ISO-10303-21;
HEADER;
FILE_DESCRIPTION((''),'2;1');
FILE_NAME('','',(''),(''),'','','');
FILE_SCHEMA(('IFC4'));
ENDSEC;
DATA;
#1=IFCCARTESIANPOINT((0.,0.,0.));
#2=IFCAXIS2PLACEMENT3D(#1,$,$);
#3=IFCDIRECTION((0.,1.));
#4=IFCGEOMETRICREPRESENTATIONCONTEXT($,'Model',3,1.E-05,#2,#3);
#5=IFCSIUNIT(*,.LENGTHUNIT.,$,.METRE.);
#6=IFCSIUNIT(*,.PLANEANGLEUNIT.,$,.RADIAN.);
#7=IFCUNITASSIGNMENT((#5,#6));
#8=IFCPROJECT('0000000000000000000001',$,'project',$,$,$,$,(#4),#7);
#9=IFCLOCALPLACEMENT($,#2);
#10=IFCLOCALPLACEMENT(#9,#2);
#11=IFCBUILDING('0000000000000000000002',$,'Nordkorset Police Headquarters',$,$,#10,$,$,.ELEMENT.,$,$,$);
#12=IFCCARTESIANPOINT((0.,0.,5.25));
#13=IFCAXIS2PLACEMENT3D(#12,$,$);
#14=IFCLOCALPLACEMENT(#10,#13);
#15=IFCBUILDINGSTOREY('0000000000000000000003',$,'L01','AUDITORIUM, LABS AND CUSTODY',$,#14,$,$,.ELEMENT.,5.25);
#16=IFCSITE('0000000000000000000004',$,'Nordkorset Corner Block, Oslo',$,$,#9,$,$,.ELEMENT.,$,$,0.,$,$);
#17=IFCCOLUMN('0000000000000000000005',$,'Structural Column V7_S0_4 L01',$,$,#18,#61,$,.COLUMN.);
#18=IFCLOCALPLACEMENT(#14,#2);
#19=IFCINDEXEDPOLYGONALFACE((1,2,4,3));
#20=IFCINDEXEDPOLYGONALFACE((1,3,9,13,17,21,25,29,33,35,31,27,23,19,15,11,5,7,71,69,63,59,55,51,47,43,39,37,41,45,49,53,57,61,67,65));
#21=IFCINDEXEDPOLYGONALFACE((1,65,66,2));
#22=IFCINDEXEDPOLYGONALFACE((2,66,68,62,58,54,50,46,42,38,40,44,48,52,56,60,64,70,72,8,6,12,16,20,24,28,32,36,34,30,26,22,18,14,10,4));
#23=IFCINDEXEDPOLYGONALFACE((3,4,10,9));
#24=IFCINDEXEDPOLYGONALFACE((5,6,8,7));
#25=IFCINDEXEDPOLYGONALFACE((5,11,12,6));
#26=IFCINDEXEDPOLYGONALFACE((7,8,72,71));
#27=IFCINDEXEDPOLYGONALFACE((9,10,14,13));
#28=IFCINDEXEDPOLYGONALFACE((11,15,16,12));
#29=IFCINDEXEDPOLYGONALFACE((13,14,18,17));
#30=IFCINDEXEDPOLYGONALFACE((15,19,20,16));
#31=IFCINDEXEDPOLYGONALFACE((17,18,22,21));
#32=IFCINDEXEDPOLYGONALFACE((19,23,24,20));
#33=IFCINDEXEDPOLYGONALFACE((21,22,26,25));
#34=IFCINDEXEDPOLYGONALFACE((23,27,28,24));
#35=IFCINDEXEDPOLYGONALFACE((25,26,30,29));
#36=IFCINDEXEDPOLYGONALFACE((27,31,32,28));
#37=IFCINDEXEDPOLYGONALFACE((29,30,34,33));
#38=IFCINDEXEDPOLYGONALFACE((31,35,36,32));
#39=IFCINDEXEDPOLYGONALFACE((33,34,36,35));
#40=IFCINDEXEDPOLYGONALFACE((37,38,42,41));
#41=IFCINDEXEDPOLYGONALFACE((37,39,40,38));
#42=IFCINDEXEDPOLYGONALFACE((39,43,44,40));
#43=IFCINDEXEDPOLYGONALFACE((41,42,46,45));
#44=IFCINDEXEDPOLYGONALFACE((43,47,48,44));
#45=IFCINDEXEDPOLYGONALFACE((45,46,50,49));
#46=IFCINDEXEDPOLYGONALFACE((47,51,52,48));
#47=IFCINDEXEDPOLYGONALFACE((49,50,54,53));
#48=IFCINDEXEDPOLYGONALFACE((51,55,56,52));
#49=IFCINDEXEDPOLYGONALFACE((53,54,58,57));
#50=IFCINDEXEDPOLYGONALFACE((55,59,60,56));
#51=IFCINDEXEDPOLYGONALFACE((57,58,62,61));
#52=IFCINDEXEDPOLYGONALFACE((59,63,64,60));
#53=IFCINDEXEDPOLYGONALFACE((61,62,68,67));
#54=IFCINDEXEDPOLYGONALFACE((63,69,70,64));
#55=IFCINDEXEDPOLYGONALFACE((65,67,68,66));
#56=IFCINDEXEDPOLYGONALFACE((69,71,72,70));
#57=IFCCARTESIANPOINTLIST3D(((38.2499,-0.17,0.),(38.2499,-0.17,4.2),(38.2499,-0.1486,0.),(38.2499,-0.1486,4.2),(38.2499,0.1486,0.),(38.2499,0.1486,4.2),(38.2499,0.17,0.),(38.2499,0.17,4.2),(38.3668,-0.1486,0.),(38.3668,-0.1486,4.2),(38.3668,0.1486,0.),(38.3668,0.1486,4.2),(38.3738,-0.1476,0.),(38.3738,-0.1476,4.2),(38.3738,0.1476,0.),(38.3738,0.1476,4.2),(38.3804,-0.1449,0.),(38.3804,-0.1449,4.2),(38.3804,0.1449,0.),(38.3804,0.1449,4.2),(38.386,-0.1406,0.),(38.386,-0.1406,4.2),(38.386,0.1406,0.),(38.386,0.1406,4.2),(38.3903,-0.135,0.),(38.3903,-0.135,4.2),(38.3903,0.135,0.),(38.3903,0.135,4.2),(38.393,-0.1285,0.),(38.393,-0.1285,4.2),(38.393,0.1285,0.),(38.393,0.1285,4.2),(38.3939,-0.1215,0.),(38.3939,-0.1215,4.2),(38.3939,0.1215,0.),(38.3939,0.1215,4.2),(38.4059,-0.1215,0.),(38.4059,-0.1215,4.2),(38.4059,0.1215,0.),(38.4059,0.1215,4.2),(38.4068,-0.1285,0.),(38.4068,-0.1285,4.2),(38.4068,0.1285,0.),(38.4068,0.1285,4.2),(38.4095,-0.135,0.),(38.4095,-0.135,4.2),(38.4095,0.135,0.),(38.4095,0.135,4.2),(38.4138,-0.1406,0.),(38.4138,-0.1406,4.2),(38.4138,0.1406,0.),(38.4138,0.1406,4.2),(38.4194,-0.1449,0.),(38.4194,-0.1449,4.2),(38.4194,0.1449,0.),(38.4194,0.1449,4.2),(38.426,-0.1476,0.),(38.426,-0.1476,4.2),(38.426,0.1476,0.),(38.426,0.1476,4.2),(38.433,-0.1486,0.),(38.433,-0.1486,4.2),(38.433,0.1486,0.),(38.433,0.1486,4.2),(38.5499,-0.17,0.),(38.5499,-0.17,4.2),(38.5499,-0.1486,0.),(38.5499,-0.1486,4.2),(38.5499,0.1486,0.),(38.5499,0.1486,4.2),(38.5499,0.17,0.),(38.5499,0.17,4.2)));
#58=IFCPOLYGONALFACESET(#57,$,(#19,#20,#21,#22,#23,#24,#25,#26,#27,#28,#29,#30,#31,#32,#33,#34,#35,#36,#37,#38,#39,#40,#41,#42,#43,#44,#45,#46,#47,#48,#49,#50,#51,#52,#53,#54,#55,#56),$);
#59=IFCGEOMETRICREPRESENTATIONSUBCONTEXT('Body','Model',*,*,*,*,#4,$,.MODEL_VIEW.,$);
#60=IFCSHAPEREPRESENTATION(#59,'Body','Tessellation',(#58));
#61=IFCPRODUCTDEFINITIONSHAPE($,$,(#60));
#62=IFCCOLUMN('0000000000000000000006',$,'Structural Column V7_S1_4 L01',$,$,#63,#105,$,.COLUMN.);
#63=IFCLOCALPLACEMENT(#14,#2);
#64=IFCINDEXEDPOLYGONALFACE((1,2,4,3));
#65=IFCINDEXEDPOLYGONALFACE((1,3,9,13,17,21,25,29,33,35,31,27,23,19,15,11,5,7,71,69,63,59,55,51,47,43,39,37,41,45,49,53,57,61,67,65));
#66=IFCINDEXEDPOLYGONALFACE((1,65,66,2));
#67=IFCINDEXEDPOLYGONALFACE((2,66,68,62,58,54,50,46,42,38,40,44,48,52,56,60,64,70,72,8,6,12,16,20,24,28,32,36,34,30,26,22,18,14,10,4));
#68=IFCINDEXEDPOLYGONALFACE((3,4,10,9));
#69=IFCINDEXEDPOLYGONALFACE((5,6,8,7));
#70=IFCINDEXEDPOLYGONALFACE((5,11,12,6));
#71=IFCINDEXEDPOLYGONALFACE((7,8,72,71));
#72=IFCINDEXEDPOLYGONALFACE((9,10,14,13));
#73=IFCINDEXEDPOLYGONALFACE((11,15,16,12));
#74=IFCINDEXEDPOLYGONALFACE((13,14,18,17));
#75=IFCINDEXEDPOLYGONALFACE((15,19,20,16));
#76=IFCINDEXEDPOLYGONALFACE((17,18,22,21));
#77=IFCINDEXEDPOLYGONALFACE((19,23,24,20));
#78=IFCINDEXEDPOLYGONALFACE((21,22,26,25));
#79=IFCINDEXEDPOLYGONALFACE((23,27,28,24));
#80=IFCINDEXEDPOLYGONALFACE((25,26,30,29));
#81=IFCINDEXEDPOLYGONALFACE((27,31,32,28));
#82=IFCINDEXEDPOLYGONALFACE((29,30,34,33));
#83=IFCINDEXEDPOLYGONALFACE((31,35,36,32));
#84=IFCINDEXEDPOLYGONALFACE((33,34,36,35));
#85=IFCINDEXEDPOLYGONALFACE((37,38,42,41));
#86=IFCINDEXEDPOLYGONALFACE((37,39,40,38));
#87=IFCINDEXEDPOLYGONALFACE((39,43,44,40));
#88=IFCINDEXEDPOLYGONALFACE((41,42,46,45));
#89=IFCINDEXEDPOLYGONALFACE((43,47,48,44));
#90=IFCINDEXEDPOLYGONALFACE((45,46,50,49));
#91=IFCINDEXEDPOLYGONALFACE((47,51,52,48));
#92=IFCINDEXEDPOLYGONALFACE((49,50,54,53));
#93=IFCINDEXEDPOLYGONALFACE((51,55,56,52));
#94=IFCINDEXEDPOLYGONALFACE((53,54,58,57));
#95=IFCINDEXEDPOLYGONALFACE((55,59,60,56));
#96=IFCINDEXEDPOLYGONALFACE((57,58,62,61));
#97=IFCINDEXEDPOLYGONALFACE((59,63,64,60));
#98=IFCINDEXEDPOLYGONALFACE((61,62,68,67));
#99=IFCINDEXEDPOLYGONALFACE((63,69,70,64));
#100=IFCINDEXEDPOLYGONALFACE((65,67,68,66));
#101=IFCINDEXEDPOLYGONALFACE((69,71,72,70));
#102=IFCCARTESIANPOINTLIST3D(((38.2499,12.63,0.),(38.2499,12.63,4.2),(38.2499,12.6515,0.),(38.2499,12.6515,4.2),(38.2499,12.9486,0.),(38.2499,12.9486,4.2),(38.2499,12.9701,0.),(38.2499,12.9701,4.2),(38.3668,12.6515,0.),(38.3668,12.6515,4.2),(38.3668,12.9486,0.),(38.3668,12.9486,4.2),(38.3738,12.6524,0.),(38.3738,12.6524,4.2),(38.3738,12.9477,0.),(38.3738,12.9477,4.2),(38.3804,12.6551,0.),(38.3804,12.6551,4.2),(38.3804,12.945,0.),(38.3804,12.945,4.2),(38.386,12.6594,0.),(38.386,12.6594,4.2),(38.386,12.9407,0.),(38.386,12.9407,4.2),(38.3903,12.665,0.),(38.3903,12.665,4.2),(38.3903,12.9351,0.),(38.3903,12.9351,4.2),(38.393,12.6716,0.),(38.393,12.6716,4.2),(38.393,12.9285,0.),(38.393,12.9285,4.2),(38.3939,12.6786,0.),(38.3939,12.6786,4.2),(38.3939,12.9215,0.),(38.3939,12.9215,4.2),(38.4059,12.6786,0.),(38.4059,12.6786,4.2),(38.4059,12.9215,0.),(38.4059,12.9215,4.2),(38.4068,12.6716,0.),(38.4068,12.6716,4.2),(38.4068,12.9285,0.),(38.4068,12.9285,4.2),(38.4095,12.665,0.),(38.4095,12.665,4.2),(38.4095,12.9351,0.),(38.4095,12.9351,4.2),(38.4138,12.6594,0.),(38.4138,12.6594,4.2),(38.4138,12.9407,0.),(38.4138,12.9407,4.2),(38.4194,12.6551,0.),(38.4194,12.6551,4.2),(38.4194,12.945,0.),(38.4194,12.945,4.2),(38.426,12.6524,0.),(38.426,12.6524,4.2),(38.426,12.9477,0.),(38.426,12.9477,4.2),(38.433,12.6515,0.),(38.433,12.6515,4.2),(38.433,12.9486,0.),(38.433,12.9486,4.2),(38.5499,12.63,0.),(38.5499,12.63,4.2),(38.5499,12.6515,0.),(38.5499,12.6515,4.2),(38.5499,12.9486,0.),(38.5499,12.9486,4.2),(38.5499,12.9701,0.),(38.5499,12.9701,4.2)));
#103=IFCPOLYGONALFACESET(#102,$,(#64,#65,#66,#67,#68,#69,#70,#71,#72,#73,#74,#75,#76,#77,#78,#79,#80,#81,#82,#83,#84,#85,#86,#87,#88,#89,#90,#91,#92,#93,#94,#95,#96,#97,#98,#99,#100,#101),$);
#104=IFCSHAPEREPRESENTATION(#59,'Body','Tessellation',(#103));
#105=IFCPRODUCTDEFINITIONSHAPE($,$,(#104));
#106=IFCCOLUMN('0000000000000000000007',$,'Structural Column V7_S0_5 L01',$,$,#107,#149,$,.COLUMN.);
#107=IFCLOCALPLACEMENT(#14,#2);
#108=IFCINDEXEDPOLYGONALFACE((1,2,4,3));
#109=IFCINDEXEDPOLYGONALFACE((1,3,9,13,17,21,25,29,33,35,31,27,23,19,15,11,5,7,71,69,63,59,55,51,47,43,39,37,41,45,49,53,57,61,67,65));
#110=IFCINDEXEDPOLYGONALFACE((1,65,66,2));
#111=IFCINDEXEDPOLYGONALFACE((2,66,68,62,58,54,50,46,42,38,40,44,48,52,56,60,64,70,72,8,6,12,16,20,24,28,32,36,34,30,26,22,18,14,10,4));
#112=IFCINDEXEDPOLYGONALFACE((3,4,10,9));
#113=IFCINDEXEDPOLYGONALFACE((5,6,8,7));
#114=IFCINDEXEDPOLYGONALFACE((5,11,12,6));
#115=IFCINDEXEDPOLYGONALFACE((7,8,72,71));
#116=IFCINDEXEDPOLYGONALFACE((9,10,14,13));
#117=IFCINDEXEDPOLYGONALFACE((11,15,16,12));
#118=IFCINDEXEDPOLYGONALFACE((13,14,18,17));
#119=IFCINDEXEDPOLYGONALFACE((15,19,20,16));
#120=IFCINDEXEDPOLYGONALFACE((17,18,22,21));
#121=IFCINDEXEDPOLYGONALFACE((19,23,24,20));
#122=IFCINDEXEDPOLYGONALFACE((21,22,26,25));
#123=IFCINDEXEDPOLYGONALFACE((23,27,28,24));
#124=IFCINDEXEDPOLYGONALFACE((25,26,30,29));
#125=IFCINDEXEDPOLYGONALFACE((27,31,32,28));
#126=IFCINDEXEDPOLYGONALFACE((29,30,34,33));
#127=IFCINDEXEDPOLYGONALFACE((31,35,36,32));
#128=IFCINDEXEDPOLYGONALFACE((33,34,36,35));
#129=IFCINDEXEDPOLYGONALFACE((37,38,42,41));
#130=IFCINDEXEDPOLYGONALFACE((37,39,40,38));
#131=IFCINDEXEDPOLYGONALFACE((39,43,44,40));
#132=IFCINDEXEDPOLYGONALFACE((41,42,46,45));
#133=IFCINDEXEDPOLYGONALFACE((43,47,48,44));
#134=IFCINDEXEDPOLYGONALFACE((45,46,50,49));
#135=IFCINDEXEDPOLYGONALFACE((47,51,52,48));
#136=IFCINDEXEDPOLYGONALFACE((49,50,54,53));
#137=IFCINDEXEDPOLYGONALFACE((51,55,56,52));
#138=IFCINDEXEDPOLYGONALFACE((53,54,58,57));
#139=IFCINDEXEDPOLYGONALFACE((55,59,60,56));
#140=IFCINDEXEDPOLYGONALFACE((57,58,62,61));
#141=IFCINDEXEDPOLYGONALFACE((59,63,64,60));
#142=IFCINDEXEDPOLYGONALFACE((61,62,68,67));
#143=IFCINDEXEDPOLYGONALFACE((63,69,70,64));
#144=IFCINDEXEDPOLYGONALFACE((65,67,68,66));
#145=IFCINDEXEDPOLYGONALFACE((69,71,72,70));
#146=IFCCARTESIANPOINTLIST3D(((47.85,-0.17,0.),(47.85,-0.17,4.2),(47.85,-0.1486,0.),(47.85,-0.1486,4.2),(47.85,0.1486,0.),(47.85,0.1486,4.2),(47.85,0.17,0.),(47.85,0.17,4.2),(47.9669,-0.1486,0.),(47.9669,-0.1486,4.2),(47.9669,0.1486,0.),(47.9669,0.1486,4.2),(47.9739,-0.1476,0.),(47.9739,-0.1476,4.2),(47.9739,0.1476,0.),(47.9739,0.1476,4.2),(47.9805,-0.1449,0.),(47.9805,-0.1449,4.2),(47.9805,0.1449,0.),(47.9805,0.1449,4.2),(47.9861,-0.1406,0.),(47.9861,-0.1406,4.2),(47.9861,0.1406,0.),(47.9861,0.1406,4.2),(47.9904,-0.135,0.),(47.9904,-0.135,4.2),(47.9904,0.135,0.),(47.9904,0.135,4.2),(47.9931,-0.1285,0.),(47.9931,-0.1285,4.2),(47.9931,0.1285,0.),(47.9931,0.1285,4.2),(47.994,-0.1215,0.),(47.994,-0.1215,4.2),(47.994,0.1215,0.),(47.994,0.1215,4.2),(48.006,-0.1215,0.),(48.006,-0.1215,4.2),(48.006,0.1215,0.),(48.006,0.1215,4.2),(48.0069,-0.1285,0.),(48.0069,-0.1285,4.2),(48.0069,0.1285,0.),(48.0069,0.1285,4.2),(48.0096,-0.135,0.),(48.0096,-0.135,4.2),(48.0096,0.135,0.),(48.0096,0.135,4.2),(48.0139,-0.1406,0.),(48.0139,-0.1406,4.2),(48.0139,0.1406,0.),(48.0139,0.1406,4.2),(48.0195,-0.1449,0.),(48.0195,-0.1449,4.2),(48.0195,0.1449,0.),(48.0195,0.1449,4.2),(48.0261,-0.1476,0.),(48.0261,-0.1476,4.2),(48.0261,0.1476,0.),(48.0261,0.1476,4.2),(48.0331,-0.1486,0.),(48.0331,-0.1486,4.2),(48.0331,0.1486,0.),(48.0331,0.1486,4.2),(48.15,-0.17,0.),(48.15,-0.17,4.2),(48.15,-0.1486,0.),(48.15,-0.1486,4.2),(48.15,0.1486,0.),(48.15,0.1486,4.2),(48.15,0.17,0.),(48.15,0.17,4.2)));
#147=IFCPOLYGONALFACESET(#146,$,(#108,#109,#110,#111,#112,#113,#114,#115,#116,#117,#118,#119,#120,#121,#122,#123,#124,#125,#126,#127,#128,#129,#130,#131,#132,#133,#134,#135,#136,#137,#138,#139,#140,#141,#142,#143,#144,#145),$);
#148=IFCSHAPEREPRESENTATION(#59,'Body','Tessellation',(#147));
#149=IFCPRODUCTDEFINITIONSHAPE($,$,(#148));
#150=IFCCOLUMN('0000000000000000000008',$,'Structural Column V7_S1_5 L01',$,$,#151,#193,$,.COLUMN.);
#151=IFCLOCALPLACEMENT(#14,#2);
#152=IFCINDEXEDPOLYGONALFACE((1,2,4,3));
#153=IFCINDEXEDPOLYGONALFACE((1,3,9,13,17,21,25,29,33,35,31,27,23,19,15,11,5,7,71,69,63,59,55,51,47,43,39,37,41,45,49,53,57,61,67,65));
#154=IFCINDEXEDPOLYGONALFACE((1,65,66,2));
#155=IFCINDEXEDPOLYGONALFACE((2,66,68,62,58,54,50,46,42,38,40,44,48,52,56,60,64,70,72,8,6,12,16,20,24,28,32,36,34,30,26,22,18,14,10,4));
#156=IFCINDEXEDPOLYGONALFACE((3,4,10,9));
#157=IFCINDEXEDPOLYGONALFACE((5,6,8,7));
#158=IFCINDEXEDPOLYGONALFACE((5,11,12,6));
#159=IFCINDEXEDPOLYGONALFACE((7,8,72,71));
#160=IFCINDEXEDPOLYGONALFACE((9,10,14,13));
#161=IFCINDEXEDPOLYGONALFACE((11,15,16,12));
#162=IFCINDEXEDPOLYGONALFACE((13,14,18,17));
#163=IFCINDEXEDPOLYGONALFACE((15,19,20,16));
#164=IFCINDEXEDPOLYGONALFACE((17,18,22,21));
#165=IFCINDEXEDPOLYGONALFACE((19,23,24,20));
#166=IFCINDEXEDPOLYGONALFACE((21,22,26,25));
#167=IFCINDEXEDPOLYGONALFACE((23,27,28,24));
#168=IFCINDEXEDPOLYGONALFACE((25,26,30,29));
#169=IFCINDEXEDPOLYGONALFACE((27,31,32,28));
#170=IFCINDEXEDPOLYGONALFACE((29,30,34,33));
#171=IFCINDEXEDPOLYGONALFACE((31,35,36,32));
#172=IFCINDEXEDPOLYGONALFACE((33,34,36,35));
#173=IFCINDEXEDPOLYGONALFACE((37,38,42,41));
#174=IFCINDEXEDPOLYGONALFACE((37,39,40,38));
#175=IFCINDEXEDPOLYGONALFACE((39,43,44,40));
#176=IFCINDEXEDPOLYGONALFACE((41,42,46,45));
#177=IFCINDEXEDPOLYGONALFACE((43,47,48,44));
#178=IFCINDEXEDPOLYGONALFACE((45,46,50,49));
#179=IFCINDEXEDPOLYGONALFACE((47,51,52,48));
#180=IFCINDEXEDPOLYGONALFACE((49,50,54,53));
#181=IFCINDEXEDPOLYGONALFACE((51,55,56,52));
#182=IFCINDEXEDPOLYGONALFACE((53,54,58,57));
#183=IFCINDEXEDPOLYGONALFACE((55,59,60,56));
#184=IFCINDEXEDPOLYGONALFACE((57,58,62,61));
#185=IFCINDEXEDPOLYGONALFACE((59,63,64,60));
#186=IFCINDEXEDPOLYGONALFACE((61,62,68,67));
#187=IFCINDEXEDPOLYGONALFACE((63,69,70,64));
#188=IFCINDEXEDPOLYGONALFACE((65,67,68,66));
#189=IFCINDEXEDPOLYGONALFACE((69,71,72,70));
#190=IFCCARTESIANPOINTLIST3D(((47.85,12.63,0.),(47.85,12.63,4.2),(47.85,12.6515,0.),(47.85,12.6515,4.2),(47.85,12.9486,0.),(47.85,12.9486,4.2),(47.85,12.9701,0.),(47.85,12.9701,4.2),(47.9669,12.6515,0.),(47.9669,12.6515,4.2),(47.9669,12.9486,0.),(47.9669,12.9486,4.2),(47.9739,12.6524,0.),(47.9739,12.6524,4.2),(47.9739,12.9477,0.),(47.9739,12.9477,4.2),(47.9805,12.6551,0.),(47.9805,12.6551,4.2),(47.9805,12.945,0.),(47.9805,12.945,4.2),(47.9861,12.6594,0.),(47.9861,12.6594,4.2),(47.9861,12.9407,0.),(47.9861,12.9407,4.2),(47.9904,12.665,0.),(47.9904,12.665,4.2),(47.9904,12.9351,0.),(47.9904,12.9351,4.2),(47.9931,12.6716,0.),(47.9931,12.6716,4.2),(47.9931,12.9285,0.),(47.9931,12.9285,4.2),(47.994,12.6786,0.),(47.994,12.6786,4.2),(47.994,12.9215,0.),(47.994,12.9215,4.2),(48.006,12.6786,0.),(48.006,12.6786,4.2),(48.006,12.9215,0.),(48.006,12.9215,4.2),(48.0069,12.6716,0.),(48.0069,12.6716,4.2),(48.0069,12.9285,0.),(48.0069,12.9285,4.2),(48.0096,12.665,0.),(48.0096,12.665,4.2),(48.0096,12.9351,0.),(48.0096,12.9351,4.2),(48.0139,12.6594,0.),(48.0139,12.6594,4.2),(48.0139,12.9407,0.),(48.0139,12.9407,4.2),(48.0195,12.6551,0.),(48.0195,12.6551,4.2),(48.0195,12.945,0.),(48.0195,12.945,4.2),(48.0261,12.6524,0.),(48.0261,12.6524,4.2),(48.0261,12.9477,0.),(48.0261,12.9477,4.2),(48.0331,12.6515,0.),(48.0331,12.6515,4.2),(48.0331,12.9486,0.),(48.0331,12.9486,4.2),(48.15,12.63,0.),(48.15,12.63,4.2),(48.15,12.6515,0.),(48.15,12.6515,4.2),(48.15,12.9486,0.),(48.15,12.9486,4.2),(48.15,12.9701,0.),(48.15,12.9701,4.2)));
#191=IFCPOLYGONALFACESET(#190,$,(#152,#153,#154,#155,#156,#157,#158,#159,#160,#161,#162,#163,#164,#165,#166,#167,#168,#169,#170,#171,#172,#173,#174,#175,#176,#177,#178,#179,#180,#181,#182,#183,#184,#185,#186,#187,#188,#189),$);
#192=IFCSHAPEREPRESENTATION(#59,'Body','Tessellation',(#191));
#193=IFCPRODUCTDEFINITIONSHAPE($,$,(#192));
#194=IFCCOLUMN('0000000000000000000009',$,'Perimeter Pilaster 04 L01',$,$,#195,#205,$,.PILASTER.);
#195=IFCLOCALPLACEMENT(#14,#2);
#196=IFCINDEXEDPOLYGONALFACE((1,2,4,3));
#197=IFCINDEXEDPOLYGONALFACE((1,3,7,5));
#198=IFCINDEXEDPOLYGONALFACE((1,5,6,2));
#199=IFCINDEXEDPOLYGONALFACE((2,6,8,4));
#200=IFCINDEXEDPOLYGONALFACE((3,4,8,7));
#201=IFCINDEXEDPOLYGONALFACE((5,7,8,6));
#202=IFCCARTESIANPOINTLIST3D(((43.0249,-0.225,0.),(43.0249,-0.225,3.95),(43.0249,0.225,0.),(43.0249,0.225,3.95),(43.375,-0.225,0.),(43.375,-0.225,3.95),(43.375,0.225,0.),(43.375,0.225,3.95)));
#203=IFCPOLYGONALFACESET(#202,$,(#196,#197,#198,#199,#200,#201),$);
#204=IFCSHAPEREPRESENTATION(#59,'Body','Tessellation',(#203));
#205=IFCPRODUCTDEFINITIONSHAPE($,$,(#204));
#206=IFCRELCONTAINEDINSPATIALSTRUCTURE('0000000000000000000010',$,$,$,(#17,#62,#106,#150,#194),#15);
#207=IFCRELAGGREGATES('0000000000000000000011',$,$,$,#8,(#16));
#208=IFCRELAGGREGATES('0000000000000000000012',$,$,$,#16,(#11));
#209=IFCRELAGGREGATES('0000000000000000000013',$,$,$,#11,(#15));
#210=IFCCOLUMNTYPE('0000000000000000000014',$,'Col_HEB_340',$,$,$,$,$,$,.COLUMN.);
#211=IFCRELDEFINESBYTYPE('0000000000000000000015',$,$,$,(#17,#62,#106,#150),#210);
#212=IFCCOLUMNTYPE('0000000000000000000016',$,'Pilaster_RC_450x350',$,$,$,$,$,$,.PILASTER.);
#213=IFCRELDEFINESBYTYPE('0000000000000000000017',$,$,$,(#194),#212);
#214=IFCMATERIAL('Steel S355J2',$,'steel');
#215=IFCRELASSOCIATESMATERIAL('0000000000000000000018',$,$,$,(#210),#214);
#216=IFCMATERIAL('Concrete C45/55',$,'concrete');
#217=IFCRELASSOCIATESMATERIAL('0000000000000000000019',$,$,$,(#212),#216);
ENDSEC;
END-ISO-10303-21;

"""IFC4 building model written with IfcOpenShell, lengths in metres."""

from ifc_helpers import new_model, si_unit, direction, frame, origin, origin_2d, place, context, subcontext, project, spatial, rectangle, i_section, extrude, material, material_profile, profile_set, type_object, element, save


model = new_model("IFC4")

# Units and contexts
model_context = context("Model", 3, precision=1e-05, world=origin(), true_north=direction((0.0, 1.0)))
body_context = subcontext(model_context, "Body", "Model", "MODEL_VIEW")
ifc_project = project(units=[si_unit("LENGTHUNIT", "METRE"), si_unit("PLANEANGLEUNIT", "RADIAN")], contexts=[model_context])

# Site, building, storey
site_placement = place(None, origin())
site = spatial("IfcSite", under=ifc_project, at=site_placement, Name="Nordkorset Corner Block, Oslo", CompositionType="ELEMENT", RefElevation=0.0)
building_placement = place(site_placement, origin())
building = spatial("IfcBuilding", under=site, at=building_placement, Name="Nordkorset Police Headquarters", CompositionType="ELEMENT")
storey_placement = place(building_placement, frame((0.0, 0.0, 5.25)))
storey = spatial("IfcBuildingStorey", under=building, at=storey_placement, Name="L01", Description="AUDITORIUM, LABS AND CUSTODY", CompositionType="ELEMENT", Elevation=5.25)

# Columns
ifc_material_1 = material(Name="Steel S355J2", Category="steel")
ifc_material_profile_1 = material_profile(ifc_material_1, i_section(OverallWidth=0.3, OverallDepth=0.3401, WebThickness=0.012, FlangeThickness=0.0215, FilletRadius=0.0271, at=origin_2d()), Name="HEB 340")
ifc_profile_set_1 = profile_set([ifc_material_profile_1], Name="Steel S355J2")
column_type_1 = type_object("IfcColumnType", Name="Col_HEB_340", PredefinedType="COLUMN", material=ifc_profile_set_1)
for number, where, z_axis, x_axis, name in (
    (1, (38.3999, 0.0, 0.0), (0.0, 0.0, 1.0), (1.0, 0.0, 0.0), "Structural Column V7_S0_4 L01"),
    (2, (38.3999, 12.8, 0.0), (0.0, 0.0, 1.0), (1.0, 0.0, 0.0), "Structural Column V7_S1_4 L01"),
    (3, (48.0, 0.0, 0.0), (0.0, 0.0, 1.0), (1.0, 0.0, 0.0), "Structural Column V7_S0_5 L01"),
    (4, (48.0, 12.8, 0.0), (0.0, 0.0, 1.0), (1.0, 0.0, 0.0), "Structural Column V7_S1_5 L01"),
):
    element("IfcColumn", number, at=place(storey_placement, frame(where, z_axis=z_axis, x_axis=x_axis)), inside=storey, type_object=column_type_1, Name=name, PredefinedType="COLUMN", context=body_context, shape_type="SweptSolid", body=[
        extrude(i_section(OverallWidth=0.3, OverallDepth=0.3401, WebThickness=0.012, FlangeThickness=0.0215, FilletRadius=0.0271, at=origin_2d()), origin(), (0.0, 0.0, 1.0), 4.2),
    ])
ifc_material_2 = material(Name="Concrete C45/55", Category="concrete")
ifc_material_profile_2 = material_profile(ifc_material_2, rectangle(XDim=0.3501, YDim=0.45, at=origin_2d()), Name="RC 450x350")
ifc_profile_set_2 = profile_set([ifc_material_profile_2], Name="Concrete C45/55")
column_type_2 = type_object("IfcColumnType", Name="Pilaster_RC_450x350", PredefinedType="PILASTER", material=ifc_profile_set_2)
column_placement = place(storey_placement, frame((43.2, 0.0, 0.0), z_axis=(0.0, 0.0, 1.0), x_axis=(1.0, 0.0, 0.0)))
element("IfcColumn", 5, at=column_placement, inside=storey, type_object=column_type_2, Name="Perimeter Pilaster 04 L01", PredefinedType="PILASTER", context=body_context, shape_type="SweptSolid", body=[
    extrude(rectangle(XDim=0.3501, YDim=0.45, at=origin_2d()), origin(), (0.0, 0.0, 1.0), 3.95),
])

save(model, "model.ifc")
